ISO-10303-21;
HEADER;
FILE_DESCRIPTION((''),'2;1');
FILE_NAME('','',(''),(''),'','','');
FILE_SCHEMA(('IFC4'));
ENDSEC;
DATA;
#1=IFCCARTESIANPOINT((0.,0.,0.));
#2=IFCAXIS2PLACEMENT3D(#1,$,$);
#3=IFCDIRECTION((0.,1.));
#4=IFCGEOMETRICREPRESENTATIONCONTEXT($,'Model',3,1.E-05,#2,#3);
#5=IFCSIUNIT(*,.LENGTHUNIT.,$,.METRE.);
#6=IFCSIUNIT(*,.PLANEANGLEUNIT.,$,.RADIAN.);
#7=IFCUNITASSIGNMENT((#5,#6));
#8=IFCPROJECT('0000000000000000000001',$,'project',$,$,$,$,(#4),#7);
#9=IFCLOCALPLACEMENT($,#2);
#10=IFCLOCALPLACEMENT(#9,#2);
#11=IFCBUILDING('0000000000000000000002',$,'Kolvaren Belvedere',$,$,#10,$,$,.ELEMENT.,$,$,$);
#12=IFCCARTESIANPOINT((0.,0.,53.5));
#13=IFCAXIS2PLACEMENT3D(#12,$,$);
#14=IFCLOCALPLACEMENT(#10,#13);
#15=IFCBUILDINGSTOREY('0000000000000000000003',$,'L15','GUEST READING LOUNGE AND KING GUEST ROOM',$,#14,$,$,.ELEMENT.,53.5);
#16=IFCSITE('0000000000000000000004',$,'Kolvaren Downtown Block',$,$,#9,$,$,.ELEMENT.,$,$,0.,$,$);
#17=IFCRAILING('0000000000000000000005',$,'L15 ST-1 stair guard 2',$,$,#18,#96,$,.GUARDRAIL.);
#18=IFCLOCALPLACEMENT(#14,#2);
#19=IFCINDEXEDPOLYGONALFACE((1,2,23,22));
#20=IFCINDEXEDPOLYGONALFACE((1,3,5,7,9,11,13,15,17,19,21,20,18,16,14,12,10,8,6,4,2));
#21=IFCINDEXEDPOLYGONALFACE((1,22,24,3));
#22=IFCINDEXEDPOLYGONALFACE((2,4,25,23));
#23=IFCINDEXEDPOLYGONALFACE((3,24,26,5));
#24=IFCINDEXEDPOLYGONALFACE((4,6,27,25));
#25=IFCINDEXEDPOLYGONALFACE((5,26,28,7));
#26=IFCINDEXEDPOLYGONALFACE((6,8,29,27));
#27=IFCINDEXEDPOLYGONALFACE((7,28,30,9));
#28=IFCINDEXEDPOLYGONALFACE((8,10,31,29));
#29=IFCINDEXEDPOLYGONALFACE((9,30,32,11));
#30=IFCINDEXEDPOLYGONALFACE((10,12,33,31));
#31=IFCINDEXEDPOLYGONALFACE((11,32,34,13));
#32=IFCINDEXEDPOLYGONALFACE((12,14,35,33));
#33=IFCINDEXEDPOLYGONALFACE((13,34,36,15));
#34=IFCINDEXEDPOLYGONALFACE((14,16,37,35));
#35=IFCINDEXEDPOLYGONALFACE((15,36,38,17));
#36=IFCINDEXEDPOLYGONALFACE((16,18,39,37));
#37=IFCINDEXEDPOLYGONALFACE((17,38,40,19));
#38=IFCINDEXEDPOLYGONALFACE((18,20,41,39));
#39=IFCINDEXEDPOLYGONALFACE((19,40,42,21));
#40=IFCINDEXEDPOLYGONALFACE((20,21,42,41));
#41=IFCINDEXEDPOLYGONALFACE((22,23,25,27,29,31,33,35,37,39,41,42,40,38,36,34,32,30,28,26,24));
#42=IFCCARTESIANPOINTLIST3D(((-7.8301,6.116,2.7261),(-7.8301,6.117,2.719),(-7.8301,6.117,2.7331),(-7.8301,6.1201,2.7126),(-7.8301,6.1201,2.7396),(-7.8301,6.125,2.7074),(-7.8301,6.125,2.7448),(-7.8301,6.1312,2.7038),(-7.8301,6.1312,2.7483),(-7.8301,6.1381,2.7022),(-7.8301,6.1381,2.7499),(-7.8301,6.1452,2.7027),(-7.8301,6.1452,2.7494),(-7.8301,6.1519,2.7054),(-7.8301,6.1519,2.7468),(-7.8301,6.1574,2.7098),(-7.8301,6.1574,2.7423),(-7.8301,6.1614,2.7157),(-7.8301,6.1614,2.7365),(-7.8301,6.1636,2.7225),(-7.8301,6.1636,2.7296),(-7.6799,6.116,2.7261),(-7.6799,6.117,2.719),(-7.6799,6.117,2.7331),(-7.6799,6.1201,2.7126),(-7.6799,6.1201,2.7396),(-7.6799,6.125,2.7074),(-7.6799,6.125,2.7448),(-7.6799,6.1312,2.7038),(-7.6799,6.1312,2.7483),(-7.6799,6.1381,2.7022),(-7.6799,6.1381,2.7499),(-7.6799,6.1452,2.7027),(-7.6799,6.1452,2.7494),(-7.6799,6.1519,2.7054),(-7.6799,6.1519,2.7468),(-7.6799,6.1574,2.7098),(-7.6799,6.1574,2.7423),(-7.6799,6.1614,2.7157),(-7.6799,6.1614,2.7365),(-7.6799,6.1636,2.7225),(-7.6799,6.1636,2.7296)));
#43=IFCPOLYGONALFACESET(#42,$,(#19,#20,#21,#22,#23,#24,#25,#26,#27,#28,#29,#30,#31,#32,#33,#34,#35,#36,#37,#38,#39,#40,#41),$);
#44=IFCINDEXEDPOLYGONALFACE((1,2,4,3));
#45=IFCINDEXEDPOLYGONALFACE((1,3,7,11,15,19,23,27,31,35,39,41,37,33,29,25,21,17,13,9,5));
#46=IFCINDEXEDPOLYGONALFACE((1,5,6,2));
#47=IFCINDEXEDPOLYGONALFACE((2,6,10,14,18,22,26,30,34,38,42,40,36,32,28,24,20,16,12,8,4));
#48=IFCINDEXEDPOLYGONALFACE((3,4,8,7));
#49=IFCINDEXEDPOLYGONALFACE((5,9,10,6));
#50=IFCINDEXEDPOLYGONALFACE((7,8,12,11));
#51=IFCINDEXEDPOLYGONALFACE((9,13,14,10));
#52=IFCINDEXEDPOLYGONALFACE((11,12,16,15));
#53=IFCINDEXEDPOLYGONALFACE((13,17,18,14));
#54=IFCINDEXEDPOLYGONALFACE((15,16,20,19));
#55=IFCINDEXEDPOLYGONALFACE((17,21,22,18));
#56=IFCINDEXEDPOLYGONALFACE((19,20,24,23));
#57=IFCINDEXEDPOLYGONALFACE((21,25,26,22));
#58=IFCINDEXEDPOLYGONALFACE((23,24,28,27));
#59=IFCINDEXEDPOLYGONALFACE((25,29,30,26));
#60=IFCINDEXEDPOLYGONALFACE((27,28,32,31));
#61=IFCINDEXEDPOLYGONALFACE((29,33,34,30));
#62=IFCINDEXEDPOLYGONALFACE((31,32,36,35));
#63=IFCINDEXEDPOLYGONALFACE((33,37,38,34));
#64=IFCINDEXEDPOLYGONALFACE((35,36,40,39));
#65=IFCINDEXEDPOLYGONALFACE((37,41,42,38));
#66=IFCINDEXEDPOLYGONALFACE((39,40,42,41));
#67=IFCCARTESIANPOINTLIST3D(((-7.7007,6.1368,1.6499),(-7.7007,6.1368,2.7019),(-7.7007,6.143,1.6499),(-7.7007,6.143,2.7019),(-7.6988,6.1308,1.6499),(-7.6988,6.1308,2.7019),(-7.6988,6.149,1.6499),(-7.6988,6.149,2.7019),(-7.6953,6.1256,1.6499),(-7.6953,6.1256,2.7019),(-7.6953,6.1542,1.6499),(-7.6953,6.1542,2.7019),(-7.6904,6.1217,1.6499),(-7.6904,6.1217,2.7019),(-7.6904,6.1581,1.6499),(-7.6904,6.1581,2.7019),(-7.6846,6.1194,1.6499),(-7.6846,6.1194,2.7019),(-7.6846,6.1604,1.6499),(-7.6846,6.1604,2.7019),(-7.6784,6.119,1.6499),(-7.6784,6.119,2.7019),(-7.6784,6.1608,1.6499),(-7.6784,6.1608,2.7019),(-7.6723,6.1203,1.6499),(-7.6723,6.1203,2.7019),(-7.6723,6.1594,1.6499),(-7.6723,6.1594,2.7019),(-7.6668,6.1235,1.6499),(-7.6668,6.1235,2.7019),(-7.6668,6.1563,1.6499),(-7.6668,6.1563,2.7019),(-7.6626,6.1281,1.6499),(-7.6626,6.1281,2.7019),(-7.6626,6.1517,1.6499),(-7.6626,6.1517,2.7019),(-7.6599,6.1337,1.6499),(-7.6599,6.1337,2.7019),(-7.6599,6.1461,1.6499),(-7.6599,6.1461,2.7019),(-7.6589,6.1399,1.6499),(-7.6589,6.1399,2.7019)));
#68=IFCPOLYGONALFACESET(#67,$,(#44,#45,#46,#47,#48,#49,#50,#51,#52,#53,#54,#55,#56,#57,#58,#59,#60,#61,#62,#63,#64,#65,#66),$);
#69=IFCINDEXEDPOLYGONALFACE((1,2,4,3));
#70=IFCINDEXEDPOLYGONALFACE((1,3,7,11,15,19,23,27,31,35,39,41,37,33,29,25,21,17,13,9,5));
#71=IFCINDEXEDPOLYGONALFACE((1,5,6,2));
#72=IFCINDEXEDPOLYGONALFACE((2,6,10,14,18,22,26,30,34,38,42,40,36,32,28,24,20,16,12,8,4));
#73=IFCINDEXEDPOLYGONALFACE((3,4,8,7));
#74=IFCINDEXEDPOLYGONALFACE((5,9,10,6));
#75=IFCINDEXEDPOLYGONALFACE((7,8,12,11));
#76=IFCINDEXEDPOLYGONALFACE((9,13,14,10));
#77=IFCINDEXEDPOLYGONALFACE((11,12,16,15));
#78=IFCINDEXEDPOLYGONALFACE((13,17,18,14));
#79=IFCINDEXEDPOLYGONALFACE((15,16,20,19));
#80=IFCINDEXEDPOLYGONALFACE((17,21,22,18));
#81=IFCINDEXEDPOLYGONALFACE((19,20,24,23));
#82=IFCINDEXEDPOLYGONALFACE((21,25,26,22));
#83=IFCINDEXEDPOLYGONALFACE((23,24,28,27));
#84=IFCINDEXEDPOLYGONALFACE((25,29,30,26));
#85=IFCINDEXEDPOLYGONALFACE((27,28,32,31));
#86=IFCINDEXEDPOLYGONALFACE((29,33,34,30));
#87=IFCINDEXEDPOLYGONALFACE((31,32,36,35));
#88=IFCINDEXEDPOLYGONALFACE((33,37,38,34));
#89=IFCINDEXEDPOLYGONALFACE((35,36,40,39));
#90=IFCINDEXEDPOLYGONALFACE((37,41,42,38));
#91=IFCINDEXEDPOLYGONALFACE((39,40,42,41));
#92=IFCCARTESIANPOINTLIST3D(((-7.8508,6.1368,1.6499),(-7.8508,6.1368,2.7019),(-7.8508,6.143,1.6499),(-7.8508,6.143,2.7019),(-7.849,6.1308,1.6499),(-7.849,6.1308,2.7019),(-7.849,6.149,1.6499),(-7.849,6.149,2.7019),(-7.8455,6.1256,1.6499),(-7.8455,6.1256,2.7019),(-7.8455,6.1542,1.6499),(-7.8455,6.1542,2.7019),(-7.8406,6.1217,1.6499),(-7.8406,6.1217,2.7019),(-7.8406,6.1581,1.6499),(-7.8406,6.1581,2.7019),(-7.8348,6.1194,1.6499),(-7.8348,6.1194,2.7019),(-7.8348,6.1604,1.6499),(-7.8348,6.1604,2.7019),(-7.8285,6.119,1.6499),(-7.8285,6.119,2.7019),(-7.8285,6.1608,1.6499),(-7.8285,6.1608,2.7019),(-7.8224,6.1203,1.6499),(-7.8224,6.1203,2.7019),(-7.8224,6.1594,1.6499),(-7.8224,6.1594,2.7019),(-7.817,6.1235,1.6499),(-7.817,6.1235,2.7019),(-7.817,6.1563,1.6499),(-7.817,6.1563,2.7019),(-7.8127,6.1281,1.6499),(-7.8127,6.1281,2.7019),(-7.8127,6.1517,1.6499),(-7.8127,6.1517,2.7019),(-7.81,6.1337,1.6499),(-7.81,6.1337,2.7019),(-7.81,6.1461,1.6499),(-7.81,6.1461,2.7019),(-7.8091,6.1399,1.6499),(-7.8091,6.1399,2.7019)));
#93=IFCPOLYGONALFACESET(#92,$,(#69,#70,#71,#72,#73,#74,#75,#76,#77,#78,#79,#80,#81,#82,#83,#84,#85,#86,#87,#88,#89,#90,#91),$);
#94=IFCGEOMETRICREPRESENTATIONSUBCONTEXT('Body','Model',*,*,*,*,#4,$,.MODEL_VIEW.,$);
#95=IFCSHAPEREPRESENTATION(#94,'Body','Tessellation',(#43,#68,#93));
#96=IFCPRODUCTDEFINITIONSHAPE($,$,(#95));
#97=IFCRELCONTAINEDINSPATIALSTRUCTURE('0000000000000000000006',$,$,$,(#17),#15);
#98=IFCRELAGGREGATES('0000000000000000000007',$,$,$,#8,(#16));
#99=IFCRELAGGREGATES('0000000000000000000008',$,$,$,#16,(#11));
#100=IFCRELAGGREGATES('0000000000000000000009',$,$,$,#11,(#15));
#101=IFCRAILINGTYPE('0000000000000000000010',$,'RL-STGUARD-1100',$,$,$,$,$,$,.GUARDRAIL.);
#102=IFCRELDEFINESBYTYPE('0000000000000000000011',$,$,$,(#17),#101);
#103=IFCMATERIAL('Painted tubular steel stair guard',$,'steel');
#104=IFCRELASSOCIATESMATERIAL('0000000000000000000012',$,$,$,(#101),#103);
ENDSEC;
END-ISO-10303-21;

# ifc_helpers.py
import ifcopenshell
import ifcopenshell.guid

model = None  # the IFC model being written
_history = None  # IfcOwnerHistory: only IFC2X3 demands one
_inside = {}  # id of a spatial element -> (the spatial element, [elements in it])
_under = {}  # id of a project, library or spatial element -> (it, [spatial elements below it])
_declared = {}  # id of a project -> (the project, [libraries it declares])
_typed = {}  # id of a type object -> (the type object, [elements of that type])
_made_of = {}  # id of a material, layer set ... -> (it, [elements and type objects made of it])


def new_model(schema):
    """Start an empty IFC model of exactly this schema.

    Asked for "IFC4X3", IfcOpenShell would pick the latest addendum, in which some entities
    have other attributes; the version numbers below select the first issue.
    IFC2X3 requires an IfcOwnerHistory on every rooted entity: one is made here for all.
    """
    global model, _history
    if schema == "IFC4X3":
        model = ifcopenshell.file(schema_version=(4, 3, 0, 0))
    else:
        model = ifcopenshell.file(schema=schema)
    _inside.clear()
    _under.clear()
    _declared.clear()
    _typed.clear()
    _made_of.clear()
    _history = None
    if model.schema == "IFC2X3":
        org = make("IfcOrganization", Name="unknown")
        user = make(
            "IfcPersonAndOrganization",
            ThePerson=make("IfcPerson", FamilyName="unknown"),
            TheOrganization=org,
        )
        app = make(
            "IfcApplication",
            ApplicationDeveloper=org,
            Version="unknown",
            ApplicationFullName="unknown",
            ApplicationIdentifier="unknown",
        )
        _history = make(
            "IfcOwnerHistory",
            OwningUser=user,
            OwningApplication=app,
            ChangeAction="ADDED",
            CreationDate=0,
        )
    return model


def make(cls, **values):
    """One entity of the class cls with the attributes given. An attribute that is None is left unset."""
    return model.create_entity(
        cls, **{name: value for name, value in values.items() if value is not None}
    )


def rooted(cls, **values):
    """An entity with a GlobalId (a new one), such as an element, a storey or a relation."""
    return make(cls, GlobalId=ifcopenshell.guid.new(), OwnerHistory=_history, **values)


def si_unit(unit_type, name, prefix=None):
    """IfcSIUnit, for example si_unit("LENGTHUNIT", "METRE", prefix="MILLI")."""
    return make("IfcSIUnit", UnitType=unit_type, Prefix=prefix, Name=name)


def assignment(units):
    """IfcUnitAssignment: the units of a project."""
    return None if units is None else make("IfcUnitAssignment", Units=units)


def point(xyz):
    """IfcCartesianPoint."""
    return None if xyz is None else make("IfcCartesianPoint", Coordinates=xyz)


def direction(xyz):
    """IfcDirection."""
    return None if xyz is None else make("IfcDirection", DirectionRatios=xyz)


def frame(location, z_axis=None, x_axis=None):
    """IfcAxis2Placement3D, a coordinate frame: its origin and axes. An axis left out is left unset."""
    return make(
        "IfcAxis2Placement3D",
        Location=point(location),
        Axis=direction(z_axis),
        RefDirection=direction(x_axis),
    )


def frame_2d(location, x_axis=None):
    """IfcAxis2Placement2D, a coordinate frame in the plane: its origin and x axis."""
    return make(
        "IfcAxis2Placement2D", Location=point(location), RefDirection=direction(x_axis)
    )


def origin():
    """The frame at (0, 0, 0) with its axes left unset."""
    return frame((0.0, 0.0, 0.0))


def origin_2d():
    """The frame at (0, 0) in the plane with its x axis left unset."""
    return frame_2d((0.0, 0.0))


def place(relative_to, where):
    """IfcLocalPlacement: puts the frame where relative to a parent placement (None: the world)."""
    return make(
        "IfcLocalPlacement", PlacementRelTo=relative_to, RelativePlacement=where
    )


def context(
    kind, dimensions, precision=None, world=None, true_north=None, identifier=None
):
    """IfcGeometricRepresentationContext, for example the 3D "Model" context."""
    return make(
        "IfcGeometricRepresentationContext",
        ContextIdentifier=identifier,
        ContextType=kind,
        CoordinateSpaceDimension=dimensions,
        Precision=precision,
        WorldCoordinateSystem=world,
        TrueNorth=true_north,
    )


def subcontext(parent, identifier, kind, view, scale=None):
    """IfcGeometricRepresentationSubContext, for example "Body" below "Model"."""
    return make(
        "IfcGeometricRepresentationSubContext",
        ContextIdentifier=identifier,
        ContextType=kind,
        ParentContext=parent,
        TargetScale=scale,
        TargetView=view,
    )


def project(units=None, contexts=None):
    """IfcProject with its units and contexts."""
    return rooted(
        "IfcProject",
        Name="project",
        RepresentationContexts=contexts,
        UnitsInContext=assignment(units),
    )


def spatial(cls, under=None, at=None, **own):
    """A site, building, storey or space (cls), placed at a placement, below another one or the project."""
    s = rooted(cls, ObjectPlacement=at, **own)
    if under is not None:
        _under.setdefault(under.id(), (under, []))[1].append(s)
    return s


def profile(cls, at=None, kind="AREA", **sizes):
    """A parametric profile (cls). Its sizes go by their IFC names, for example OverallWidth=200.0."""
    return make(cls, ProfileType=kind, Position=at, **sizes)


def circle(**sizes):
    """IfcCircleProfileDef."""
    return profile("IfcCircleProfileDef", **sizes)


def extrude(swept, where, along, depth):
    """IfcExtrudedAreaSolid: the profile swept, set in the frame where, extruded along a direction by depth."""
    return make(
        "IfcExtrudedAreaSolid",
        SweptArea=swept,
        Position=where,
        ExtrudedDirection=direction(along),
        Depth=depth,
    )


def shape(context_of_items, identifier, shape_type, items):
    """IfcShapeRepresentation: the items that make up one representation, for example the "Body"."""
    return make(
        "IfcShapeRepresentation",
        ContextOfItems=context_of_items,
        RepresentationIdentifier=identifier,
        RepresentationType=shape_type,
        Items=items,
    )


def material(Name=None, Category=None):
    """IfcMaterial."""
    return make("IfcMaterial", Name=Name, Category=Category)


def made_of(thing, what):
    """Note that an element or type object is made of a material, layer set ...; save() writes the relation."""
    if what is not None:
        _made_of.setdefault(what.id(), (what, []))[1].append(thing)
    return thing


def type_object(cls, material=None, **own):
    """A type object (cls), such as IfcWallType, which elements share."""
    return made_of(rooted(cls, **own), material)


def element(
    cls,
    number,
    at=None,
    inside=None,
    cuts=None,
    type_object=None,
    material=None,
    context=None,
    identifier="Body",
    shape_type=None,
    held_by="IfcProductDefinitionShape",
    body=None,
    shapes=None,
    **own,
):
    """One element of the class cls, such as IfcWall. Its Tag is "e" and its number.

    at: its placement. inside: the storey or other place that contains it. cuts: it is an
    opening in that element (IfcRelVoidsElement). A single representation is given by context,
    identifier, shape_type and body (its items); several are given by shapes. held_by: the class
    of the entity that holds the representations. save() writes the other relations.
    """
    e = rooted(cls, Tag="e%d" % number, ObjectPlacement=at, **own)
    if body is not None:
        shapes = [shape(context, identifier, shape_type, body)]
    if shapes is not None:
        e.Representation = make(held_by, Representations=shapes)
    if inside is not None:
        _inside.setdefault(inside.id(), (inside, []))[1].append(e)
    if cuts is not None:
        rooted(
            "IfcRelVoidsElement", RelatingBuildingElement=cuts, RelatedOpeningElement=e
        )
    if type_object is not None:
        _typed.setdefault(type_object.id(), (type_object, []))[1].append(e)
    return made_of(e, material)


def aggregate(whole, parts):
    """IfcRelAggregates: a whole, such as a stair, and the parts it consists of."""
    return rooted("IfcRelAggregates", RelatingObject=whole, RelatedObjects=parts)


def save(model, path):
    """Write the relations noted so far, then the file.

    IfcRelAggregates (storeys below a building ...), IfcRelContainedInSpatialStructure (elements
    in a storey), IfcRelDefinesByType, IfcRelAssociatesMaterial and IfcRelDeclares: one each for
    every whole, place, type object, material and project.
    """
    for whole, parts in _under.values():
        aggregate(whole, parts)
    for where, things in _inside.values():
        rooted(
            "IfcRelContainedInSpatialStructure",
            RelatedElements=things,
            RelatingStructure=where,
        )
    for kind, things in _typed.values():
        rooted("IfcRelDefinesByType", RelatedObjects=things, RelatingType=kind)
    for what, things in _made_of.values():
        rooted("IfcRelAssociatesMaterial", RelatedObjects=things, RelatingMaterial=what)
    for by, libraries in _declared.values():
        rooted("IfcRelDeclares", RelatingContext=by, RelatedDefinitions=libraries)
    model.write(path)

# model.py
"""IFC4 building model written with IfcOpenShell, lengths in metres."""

from ifc_helpers import new_model, si_unit, direction, frame, origin, origin_2d, place, context, subcontext, project, spatial, circle, extrude, material, type_object, element, save


model = new_model("IFC4")

# Units and contexts
model_context = context("Model", 3, precision=1e-05, world=origin(), true_north=direction((0.0, 1.0)))
body_context = subcontext(model_context, "Body", "Model", "MODEL_VIEW")
ifc_project = project(units=[si_unit("LENGTHUNIT", "METRE"), si_unit("PLANEANGLEUNIT", "RADIAN")], contexts=[model_context])

# Site, building, storey
site_placement = place(None, origin())
site = spatial("IfcSite", under=ifc_project, at=site_placement, Name="Kolvaren Downtown Block", CompositionType="ELEMENT", RefElevation=0.0)
building_placement = place(site_placement, origin())
building = spatial("IfcBuilding", under=site, at=building_placement, Name="Kolvaren Belvedere", CompositionType="ELEMENT")
storey_placement = place(building_placement, frame((0.0, 0.0, 53.5)))
storey = spatial("IfcBuildingStorey", under=building, at=storey_placement, Name="L15", Description="GUEST READING LOUNGE AND KING GUEST ROOM", CompositionType="ELEMENT", Elevation=53.5)

# Railing
ifc_material_1 = material(Name="Painted tubular steel stair guard", Category="steel")
railing_type_1 = type_object("IfcRailingType", Name="RL-STGUARD-1100", PredefinedType="GUARDRAIL", material=ifc_material_1)
railing_1_placement = place(storey_placement, frame((-7.6799, 6.1399, 1.6499)))
element("IfcRailing", 1, at=railing_1_placement, inside=storey, type_object=railing_type_1, Name="L15 ST-1 stair guard 2", PredefinedType="GUARDRAIL", context=body_context, shape_type="SweptSolid", body=[
    extrude(circle(Radius=0.0239, at=origin_2d()), frame((0.0, 0.0, 1.0762), z_axis=(-1.0, 0.0, 0.0), x_axis=(0.0, -1.0, 0.0)), (0.0, 0.0, 1.0), 0.1501),
    extrude(circle(Radius=0.021, at=origin_2d()), origin(), (0.0, 0.0, 1.0), 1.052),
    extrude(circle(Radius=0.021, at=origin_2d()), frame((-0.1501, 0.0, 0.0)), (0.0, 0.0, 1.0), 1.052),
])

save(model, "model.ifc")
